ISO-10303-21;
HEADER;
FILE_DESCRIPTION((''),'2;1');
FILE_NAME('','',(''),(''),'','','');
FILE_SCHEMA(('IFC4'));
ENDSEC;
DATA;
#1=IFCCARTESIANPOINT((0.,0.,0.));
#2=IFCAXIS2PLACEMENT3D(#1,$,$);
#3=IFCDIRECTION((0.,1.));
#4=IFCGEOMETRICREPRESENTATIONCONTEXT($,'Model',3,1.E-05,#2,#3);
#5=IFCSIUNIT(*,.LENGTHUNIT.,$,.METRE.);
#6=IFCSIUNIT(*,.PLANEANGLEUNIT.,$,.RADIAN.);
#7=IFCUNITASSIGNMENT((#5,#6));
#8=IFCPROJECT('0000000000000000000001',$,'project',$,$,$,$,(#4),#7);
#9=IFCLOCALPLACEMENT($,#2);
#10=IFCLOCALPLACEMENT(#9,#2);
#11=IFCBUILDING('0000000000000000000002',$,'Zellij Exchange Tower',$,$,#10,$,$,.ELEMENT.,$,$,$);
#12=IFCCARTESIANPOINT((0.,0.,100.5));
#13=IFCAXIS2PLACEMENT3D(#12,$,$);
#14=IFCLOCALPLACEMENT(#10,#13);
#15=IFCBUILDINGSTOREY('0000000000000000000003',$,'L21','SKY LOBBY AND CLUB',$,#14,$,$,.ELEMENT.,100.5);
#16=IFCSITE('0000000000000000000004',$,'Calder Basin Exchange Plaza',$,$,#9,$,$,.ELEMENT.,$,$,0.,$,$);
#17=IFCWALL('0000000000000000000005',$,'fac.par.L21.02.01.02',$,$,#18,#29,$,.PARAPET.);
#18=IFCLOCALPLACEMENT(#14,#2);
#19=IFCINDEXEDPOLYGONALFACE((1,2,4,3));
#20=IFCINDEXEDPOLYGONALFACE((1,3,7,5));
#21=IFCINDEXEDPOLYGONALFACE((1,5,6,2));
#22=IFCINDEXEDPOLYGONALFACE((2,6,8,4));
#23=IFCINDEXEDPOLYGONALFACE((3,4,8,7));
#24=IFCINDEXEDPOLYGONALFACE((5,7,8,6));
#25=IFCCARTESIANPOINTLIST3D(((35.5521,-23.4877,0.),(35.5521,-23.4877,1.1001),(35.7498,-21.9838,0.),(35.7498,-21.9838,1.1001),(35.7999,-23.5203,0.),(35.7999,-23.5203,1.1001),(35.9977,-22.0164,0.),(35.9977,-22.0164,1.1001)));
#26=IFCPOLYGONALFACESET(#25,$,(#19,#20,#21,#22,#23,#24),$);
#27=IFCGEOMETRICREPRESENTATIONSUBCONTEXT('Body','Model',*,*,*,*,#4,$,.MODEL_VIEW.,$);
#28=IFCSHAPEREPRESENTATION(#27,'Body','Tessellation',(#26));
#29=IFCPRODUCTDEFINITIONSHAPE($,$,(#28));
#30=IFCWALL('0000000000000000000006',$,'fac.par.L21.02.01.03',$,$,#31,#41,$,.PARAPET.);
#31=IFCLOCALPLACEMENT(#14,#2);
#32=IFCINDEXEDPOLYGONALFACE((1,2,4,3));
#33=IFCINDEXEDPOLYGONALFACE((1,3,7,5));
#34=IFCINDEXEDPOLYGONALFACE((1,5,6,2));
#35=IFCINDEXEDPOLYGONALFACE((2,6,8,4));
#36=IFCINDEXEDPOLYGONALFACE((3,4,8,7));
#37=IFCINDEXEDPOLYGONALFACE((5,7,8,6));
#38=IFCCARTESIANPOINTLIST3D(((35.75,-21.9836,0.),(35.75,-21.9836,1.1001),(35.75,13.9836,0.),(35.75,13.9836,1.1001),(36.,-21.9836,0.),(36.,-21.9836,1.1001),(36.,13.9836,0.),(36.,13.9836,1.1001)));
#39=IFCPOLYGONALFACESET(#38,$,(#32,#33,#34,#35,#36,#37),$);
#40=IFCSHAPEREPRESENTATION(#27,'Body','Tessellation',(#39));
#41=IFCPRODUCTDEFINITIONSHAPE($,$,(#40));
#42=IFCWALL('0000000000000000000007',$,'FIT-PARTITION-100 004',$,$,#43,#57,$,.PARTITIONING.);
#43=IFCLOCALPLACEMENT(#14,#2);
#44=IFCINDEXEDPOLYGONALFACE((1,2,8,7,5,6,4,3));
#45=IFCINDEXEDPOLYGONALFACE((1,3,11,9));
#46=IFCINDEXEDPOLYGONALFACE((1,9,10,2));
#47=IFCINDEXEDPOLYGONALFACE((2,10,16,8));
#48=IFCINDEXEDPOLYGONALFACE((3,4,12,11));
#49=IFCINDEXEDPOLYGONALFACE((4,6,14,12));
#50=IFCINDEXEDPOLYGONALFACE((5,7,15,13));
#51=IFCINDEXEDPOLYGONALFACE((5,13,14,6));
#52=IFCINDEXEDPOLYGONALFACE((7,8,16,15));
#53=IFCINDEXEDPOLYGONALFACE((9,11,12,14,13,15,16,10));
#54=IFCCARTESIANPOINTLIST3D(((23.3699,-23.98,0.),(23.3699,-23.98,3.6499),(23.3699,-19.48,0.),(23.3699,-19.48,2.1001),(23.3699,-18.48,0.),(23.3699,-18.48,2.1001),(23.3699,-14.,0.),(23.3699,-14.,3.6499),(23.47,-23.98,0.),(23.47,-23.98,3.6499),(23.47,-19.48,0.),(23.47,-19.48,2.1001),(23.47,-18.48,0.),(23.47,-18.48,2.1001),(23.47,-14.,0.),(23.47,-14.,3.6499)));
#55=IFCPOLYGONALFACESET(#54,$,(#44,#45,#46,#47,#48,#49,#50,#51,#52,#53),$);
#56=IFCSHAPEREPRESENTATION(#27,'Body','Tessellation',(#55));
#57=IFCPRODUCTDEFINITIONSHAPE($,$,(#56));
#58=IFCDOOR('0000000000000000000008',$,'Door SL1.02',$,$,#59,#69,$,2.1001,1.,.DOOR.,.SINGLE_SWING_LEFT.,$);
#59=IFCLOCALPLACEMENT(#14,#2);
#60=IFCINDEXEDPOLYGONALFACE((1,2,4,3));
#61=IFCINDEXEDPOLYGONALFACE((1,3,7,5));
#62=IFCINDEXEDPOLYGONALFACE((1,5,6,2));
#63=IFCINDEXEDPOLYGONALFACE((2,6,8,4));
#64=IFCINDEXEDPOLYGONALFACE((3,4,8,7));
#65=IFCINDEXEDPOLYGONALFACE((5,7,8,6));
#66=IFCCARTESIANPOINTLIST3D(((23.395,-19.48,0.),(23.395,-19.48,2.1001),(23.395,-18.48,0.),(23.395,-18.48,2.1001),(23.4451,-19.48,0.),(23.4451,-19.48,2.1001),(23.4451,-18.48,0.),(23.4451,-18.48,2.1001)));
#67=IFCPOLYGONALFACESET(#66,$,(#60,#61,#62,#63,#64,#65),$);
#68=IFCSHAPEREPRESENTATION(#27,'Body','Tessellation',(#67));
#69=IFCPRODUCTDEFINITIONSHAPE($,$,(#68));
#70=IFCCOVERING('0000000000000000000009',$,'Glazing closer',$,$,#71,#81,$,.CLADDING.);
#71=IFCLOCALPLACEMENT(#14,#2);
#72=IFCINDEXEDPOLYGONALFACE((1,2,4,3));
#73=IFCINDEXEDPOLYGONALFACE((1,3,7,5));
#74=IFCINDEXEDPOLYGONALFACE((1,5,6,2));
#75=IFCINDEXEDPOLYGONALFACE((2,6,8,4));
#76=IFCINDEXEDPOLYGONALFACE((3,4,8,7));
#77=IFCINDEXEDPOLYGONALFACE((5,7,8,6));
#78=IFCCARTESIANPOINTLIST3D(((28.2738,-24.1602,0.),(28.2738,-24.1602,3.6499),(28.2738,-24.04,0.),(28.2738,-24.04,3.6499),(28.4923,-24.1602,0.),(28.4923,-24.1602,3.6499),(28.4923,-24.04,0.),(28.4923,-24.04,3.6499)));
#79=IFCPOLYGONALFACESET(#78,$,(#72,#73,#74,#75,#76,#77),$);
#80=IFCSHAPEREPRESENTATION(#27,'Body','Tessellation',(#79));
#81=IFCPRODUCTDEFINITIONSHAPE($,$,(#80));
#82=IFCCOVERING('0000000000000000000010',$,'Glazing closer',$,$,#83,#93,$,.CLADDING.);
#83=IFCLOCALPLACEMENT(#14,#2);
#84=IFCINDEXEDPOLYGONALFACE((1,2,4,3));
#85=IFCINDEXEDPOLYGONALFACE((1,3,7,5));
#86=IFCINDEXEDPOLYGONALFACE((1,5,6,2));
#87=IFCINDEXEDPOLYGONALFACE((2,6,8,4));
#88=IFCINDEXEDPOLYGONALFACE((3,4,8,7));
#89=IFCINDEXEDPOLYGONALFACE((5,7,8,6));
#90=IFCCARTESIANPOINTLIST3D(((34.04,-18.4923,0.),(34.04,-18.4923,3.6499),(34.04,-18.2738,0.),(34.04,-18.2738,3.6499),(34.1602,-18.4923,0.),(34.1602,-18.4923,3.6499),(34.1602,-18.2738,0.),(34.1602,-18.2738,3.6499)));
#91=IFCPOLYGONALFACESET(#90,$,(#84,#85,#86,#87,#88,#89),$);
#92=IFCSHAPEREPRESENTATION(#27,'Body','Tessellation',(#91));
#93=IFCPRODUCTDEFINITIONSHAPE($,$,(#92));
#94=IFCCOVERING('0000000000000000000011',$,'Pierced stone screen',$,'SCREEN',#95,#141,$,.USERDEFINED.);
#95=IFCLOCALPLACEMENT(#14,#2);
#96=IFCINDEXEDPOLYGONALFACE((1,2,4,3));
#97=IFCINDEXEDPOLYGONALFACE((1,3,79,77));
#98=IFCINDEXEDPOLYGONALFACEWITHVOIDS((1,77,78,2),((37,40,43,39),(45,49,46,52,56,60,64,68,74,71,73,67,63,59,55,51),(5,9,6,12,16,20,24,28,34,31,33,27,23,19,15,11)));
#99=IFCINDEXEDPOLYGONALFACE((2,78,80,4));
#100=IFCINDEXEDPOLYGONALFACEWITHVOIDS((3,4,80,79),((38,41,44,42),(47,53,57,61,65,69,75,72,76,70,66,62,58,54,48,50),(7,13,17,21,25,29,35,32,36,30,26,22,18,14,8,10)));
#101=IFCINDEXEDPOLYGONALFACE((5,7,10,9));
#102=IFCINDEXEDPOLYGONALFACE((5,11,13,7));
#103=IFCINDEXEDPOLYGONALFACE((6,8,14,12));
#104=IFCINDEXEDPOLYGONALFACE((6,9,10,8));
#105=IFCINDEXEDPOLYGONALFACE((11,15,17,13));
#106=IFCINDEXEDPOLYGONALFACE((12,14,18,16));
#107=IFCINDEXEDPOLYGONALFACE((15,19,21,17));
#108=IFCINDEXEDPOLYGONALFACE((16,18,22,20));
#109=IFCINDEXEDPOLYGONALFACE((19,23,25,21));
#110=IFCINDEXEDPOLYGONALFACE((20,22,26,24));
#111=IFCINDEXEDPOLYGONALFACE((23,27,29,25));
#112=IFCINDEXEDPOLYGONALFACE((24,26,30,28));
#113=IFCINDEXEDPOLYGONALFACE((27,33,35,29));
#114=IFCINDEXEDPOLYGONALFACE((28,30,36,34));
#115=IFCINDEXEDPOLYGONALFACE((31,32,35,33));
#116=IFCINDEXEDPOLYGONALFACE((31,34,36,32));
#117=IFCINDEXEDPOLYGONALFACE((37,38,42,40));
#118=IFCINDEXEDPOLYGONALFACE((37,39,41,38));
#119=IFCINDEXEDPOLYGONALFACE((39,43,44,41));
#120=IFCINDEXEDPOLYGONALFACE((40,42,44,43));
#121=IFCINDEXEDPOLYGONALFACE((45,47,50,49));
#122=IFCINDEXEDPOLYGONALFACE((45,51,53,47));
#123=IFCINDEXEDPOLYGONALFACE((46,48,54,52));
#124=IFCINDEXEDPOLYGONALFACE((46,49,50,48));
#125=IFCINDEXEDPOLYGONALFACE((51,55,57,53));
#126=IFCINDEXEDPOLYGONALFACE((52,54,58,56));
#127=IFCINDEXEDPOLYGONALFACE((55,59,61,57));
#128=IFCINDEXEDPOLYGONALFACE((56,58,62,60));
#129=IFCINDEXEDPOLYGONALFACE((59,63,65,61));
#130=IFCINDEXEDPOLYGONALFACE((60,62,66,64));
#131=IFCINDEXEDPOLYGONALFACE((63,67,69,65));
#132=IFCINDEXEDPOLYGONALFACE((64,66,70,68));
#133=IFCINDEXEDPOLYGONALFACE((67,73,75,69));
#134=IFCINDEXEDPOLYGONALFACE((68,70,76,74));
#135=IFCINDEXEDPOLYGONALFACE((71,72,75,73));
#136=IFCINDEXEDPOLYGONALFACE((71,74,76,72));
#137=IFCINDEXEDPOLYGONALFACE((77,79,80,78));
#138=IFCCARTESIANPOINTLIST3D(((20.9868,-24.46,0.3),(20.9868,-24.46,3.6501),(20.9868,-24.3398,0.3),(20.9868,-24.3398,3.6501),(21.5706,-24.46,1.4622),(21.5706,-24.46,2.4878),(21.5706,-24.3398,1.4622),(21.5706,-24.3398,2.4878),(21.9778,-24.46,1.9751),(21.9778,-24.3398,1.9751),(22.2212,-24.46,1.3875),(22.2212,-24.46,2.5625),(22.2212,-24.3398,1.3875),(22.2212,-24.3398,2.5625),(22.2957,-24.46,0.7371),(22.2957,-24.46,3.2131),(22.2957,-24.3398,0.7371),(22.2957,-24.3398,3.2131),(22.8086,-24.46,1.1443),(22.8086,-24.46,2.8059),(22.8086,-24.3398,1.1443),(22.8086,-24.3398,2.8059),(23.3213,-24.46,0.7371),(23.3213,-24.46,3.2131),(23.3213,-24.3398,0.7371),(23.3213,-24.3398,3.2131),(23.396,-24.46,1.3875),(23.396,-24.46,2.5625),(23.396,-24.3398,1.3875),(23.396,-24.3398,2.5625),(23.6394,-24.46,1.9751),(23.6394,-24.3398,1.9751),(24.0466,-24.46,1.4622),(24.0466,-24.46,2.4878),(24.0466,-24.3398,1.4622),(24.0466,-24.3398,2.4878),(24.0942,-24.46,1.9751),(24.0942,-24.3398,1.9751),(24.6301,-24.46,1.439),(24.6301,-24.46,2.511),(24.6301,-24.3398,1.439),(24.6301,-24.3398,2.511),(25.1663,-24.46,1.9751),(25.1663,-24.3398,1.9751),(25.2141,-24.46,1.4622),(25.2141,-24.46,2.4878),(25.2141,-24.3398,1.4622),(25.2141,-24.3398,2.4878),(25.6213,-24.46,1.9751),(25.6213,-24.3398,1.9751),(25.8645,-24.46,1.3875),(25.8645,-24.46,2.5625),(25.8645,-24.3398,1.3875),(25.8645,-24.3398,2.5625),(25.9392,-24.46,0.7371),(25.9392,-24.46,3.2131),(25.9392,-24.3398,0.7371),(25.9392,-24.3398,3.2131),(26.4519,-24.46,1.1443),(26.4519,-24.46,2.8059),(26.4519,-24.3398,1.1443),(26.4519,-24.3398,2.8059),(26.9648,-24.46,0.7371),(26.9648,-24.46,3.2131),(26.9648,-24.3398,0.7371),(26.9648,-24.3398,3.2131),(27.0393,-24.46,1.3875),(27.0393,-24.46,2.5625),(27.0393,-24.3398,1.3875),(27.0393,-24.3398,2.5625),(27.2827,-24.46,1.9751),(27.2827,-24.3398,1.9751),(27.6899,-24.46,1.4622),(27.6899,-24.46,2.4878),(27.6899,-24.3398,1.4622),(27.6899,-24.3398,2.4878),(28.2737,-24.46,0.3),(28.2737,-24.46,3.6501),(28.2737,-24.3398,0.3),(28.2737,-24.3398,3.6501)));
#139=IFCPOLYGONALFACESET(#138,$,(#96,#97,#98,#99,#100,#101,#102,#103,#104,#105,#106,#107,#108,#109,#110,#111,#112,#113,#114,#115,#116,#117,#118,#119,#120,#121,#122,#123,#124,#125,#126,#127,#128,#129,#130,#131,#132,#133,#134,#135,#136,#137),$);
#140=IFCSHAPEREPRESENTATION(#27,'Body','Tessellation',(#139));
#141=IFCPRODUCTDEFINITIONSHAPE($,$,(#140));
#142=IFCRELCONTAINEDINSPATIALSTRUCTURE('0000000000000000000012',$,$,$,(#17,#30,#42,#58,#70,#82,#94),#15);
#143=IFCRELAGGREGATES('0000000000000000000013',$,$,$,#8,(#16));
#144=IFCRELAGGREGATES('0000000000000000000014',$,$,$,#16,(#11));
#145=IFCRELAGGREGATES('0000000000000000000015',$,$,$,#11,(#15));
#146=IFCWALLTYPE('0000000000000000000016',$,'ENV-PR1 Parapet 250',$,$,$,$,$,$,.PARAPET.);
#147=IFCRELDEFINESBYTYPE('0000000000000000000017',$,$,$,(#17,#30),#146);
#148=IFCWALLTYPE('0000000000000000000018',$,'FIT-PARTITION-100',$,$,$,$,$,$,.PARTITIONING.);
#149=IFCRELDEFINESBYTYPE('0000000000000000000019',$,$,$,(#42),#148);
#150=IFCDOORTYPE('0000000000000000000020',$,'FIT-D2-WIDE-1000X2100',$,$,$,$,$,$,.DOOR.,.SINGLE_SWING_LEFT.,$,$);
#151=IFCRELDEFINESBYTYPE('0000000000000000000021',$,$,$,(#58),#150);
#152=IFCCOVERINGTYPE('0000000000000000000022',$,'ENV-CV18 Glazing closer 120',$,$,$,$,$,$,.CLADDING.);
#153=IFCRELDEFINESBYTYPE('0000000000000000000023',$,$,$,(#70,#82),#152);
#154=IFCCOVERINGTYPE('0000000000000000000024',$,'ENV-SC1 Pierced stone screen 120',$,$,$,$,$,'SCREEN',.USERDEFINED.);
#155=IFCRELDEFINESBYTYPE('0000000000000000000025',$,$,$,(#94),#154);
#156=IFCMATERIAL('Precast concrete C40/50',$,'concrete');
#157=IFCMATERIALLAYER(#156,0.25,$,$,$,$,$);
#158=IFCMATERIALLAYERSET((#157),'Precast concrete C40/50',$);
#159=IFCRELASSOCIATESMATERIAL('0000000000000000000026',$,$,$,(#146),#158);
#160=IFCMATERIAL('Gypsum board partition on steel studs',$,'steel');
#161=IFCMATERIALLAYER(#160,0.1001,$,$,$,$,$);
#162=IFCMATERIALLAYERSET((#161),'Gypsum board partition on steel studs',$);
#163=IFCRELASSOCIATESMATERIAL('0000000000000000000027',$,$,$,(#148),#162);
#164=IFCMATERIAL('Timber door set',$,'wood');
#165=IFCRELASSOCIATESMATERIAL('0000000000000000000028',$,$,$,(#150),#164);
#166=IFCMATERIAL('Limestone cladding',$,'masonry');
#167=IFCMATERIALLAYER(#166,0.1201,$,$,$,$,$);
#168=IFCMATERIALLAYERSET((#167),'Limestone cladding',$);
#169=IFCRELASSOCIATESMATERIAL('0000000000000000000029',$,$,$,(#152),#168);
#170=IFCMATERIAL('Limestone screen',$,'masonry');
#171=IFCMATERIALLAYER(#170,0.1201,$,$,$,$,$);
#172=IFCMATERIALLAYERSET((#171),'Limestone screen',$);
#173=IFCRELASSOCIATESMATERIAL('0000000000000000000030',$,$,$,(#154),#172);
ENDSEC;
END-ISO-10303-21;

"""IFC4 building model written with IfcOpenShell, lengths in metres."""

from ifc_helpers import new_model, si_unit, direction, frame, frame_2d, origin, origin_2d, place, context, subcontext, project, spatial, polyline, rectangle, outline, extrude, material, layer, layer_set, type_object, element, fill, save


model = new_model("IFC4")

# Units and contexts
model_context = context("Model", 3, precision=1e-05, world=origin(), true_north=direction((0.0, 1.0)))
body_context = subcontext(model_context, "Body", "Model", "MODEL_VIEW")
ifc_project = project(units=[si_unit("LENGTHUNIT", "METRE"), si_unit("PLANEANGLEUNIT", "RADIAN")], contexts=[model_context])

# Site, building, storey
site_placement = place(None, origin())
site = spatial("IfcSite", under=ifc_project, at=site_placement, Name="Calder Basin Exchange Plaza", CompositionType="ELEMENT", RefElevation=0.0)
building_placement = place(site_placement, origin())
building = spatial("IfcBuilding", under=site, at=building_placement, Name="Zellij Exchange Tower", CompositionType="ELEMENT")
storey_placement = place(building_placement, frame((0.0, 0.0, 100.5)))
storey = spatial("IfcBuildingStorey", under=building, at=storey_placement, Name="L21", Description="SKY LOBBY AND CLUB", CompositionType="ELEMENT", Elevation=100.5)

# Walls
ifc_material_1 = material(Name="Precast concrete C40/50", Category="concrete")
ifc_layer_1 = layer(ifc_material_1, 0.25)
ifc_layer_set_1 = layer_set([ifc_layer_1], Name="Precast concrete C40/50")
wall_type_1 = type_object("IfcWallType", Name="ENV-PR1 Parapet 250", PredefinedType="PARAPET", material=ifc_layer_set_1)
wall_1_placement = place(storey_placement, frame((35.676, -23.5039, 0.0), z_axis=(0.0, 0.0, 1.0), x_axis=(0.130371, 0.991465, 0.0)))
element("IfcWall", 1, at=wall_1_placement, inside=storey, type_object=wall_type_1, Name="fac.par.L21.02.01.02", PredefinedType="PARAPET", context=body_context, shape_type="SweptSolid", body=[
    extrude(rectangle(XDim=1.5168, YDim=0.25, at=frame_2d((0.7583, 0.0))), origin(), (0.0, 0.0, 1.0), 1.1001),
])
wall_2_placement = place(storey_placement, frame((35.875, -21.9836, 0.0), z_axis=(0.0, 0.0, 1.0), x_axis=(0.0, 1.0, 0.0)))
element("IfcWall", 2, at=wall_2_placement, inside=storey, type_object=wall_type_1, Name="fac.par.L21.02.01.03", PredefinedType="PARAPET", context=body_context, shape_type="SweptSolid", body=[
    extrude(rectangle(XDim=35.9673, YDim=0.25, at=frame_2d((17.9836, 0.0))), origin(), (0.0, 0.0, 1.0), 1.1001),
])

# Wall, opening, door
ifc_material_2 = material(Name="Gypsum board partition on steel studs", Category="steel")
ifc_layer_2 = layer(ifc_material_2, 0.1001)
ifc_layer_set_2 = layer_set([ifc_layer_2], Name="Gypsum board partition on steel studs")
wall_type_2 = type_object("IfcWallType", Name="FIT-PARTITION-100", PredefinedType="PARTITIONING", material=ifc_layer_set_2)
wall_3_placement = place(storey_placement, frame((23.4199, -23.98, 0.0), z_axis=(0.0, 0.0, 1.0), x_axis=(0.0, 1.0, 0.0)))
wall_3 = element("IfcWall", 3, at=wall_3_placement, inside=storey, type_object=wall_type_2, Name="FIT-PARTITION-100 004", PredefinedType="PARTITIONING", context=body_context, shape_type="SweptSolid", body=[
    extrude(rectangle(XDim=9.98, YDim=0.1001, at=frame_2d((4.99, 0.0))), origin(), (0.0, 0.0, 1.0), 3.6499),
])
opening_placement = place(wall_3_placement, frame((4.5, 0.0, 0.0)))
opening = element("IfcOpeningElement", 4, at=opening_placement, cuts=wall_3, PredefinedType="OPENING", context=body_context, shape_type="SweptSolid", body=[
    extrude(rectangle(XDim=1.0, YDim=2.1001, at=frame_2d((0.5, 1.05))), frame((0.0, 0.062, 0.0), z_axis=(0.0, -1.0, 0.0), x_axis=(1.0, 0.0, 0.0)), (0.0, 0.0, 1.0), 0.124),
])
ifc_material_3 = material(Name="Timber door set", Category="wood")
door_type = type_object("IfcDoorType", Name="FIT-D2-WIDE-1000X2100", OperationType="SINGLE_SWING_LEFT", PredefinedType="DOOR", material=ifc_material_3)
door_placement = place(opening_placement, origin())
door = element("IfcDoor", 5, at=door_placement, inside=storey, type_object=door_type, Name="Door SL1.02", OperationType="SINGLE_SWING_LEFT", OverallHeight=2.1001, OverallWidth=1.0, PredefinedType="DOOR", context=body_context, shape_type="SweptSolid", body=[
    extrude(rectangle(XDim=1.0, YDim=2.1001, at=frame_2d((0.5, 1.05))), frame((0.0, 0.0249, 0.0), z_axis=(0.0, -1.0, 0.0), x_axis=(1.0, 0.0, 0.0)), (0.0, 0.0, 1.0), 0.05),
])
fill(opening, door)

# Coverings
ifc_material_4 = material(Name="Limestone cladding", Category="masonry")
ifc_layer_3 = layer(ifc_material_4, 0.1201)
ifc_layer_set_3 = layer_set([ifc_layer_3], Name="Limestone cladding")
covering_type_1 = type_object("IfcCoveringType", Name="ENV-CV18 Glazing closer 120", PredefinedType="CLADDING", material=ifc_layer_set_3)
for number, where, z_axis, x_axis, name in (
    (6, (28.3831, -24.1001, 0.0), (0.0, 0.0, 1.0), (1.0, 0.0, 0.0), "Glazing closer"),
    (7, (34.1001, -18.3831, 0.0), (0.0, 0.0, 1.0), (0.0, -1.0, 0.0), "Glazing closer"),
):
    element("IfcCovering", number, at=place(storey_placement, frame(where, z_axis=z_axis, x_axis=x_axis)), inside=storey, type_object=covering_type_1, Name=name, PredefinedType="CLADDING", context=body_context, shape_type="SweptSolid", body=[
        extrude(rectangle(XDim=0.2185, YDim=0.1201, at=origin_2d()), origin(), (0.0, 0.0, 1.0), 3.6499),
    ])
ifc_material_5 = material(Name="Limestone screen", Category="masonry")
ifc_layer_4 = layer(ifc_material_5, 0.1201)
ifc_layer_set_4 = layer_set([ifc_layer_4], Name="Limestone screen")
covering_type_2 = type_object("IfcCoveringType", Name="ENV-SC1 Pierced stone screen 120", ElementType="SCREEN", PredefinedType="USERDEFINED", material=ifc_layer_set_4)
covering_placement = place(storey_placement, frame((20.9868, -24.3999, 0.3), z_axis=(0.0, 0.0, 1.0), x_axis=(1.0, 0.0, 0.0)))
element("IfcCovering", 8, at=covering_placement, inside=storey, type_object=covering_type_2, Name="Pierced stone screen", ObjectType="SCREEN", PredefinedType="USERDEFINED", context=body_context, shape_type="SweptSolid", body=[
    extrude(outline(polyline([(0.0, 0.0), (7.2869, 0.0), (7.2869, 3.3501), (0.0, 3.3501), (0.0, 0.0)]), holes=[polyline([(3.0598, 2.1877), (2.4092, 2.2625), (2.3345, 2.9131), (1.8218, 2.5059), (1.3088, 2.9131), (1.2344, 2.2625), (0.5837, 2.1877), (0.991, 1.675), (0.5837, 1.1621), (1.2344, 1.0874), (1.3088, 0.437), (1.8218, 0.8442), (2.3345, 0.437), (2.4092, 1.0874), (3.0598, 1.1621), (2.6526, 1.675), (3.0598, 2.1877)]), polyline([(6.7031, 2.1877), (6.0525, 2.2625), (5.978, 2.9131), (5.4651, 2.5059), (4.9524, 2.9131), (4.8777, 2.2625), (4.2273, 2.1877), (4.6345, 1.675), (4.2273, 1.1621), (4.8777, 1.0874), (4.9524, 0.437), (5.4651, 0.8442), (5.978, 0.437), (6.0525, 1.0874), (6.7031, 1.1621), (6.2959, 1.675), (6.7031, 2.1877)]), polyline([(4.1794, 1.675), (3.6433, 2.2109), (3.1074, 1.675), (3.6433, 1.1389), (4.1794, 1.675)])]), frame((0.0, 0.0601, 0.0), z_axis=(0.0, -1.0, 0.0), x_axis=(1.0, 0.0, 0.0)), (0.0, 0.0, 1.0), 0.1201),
])

save(model, "model.ifc")
